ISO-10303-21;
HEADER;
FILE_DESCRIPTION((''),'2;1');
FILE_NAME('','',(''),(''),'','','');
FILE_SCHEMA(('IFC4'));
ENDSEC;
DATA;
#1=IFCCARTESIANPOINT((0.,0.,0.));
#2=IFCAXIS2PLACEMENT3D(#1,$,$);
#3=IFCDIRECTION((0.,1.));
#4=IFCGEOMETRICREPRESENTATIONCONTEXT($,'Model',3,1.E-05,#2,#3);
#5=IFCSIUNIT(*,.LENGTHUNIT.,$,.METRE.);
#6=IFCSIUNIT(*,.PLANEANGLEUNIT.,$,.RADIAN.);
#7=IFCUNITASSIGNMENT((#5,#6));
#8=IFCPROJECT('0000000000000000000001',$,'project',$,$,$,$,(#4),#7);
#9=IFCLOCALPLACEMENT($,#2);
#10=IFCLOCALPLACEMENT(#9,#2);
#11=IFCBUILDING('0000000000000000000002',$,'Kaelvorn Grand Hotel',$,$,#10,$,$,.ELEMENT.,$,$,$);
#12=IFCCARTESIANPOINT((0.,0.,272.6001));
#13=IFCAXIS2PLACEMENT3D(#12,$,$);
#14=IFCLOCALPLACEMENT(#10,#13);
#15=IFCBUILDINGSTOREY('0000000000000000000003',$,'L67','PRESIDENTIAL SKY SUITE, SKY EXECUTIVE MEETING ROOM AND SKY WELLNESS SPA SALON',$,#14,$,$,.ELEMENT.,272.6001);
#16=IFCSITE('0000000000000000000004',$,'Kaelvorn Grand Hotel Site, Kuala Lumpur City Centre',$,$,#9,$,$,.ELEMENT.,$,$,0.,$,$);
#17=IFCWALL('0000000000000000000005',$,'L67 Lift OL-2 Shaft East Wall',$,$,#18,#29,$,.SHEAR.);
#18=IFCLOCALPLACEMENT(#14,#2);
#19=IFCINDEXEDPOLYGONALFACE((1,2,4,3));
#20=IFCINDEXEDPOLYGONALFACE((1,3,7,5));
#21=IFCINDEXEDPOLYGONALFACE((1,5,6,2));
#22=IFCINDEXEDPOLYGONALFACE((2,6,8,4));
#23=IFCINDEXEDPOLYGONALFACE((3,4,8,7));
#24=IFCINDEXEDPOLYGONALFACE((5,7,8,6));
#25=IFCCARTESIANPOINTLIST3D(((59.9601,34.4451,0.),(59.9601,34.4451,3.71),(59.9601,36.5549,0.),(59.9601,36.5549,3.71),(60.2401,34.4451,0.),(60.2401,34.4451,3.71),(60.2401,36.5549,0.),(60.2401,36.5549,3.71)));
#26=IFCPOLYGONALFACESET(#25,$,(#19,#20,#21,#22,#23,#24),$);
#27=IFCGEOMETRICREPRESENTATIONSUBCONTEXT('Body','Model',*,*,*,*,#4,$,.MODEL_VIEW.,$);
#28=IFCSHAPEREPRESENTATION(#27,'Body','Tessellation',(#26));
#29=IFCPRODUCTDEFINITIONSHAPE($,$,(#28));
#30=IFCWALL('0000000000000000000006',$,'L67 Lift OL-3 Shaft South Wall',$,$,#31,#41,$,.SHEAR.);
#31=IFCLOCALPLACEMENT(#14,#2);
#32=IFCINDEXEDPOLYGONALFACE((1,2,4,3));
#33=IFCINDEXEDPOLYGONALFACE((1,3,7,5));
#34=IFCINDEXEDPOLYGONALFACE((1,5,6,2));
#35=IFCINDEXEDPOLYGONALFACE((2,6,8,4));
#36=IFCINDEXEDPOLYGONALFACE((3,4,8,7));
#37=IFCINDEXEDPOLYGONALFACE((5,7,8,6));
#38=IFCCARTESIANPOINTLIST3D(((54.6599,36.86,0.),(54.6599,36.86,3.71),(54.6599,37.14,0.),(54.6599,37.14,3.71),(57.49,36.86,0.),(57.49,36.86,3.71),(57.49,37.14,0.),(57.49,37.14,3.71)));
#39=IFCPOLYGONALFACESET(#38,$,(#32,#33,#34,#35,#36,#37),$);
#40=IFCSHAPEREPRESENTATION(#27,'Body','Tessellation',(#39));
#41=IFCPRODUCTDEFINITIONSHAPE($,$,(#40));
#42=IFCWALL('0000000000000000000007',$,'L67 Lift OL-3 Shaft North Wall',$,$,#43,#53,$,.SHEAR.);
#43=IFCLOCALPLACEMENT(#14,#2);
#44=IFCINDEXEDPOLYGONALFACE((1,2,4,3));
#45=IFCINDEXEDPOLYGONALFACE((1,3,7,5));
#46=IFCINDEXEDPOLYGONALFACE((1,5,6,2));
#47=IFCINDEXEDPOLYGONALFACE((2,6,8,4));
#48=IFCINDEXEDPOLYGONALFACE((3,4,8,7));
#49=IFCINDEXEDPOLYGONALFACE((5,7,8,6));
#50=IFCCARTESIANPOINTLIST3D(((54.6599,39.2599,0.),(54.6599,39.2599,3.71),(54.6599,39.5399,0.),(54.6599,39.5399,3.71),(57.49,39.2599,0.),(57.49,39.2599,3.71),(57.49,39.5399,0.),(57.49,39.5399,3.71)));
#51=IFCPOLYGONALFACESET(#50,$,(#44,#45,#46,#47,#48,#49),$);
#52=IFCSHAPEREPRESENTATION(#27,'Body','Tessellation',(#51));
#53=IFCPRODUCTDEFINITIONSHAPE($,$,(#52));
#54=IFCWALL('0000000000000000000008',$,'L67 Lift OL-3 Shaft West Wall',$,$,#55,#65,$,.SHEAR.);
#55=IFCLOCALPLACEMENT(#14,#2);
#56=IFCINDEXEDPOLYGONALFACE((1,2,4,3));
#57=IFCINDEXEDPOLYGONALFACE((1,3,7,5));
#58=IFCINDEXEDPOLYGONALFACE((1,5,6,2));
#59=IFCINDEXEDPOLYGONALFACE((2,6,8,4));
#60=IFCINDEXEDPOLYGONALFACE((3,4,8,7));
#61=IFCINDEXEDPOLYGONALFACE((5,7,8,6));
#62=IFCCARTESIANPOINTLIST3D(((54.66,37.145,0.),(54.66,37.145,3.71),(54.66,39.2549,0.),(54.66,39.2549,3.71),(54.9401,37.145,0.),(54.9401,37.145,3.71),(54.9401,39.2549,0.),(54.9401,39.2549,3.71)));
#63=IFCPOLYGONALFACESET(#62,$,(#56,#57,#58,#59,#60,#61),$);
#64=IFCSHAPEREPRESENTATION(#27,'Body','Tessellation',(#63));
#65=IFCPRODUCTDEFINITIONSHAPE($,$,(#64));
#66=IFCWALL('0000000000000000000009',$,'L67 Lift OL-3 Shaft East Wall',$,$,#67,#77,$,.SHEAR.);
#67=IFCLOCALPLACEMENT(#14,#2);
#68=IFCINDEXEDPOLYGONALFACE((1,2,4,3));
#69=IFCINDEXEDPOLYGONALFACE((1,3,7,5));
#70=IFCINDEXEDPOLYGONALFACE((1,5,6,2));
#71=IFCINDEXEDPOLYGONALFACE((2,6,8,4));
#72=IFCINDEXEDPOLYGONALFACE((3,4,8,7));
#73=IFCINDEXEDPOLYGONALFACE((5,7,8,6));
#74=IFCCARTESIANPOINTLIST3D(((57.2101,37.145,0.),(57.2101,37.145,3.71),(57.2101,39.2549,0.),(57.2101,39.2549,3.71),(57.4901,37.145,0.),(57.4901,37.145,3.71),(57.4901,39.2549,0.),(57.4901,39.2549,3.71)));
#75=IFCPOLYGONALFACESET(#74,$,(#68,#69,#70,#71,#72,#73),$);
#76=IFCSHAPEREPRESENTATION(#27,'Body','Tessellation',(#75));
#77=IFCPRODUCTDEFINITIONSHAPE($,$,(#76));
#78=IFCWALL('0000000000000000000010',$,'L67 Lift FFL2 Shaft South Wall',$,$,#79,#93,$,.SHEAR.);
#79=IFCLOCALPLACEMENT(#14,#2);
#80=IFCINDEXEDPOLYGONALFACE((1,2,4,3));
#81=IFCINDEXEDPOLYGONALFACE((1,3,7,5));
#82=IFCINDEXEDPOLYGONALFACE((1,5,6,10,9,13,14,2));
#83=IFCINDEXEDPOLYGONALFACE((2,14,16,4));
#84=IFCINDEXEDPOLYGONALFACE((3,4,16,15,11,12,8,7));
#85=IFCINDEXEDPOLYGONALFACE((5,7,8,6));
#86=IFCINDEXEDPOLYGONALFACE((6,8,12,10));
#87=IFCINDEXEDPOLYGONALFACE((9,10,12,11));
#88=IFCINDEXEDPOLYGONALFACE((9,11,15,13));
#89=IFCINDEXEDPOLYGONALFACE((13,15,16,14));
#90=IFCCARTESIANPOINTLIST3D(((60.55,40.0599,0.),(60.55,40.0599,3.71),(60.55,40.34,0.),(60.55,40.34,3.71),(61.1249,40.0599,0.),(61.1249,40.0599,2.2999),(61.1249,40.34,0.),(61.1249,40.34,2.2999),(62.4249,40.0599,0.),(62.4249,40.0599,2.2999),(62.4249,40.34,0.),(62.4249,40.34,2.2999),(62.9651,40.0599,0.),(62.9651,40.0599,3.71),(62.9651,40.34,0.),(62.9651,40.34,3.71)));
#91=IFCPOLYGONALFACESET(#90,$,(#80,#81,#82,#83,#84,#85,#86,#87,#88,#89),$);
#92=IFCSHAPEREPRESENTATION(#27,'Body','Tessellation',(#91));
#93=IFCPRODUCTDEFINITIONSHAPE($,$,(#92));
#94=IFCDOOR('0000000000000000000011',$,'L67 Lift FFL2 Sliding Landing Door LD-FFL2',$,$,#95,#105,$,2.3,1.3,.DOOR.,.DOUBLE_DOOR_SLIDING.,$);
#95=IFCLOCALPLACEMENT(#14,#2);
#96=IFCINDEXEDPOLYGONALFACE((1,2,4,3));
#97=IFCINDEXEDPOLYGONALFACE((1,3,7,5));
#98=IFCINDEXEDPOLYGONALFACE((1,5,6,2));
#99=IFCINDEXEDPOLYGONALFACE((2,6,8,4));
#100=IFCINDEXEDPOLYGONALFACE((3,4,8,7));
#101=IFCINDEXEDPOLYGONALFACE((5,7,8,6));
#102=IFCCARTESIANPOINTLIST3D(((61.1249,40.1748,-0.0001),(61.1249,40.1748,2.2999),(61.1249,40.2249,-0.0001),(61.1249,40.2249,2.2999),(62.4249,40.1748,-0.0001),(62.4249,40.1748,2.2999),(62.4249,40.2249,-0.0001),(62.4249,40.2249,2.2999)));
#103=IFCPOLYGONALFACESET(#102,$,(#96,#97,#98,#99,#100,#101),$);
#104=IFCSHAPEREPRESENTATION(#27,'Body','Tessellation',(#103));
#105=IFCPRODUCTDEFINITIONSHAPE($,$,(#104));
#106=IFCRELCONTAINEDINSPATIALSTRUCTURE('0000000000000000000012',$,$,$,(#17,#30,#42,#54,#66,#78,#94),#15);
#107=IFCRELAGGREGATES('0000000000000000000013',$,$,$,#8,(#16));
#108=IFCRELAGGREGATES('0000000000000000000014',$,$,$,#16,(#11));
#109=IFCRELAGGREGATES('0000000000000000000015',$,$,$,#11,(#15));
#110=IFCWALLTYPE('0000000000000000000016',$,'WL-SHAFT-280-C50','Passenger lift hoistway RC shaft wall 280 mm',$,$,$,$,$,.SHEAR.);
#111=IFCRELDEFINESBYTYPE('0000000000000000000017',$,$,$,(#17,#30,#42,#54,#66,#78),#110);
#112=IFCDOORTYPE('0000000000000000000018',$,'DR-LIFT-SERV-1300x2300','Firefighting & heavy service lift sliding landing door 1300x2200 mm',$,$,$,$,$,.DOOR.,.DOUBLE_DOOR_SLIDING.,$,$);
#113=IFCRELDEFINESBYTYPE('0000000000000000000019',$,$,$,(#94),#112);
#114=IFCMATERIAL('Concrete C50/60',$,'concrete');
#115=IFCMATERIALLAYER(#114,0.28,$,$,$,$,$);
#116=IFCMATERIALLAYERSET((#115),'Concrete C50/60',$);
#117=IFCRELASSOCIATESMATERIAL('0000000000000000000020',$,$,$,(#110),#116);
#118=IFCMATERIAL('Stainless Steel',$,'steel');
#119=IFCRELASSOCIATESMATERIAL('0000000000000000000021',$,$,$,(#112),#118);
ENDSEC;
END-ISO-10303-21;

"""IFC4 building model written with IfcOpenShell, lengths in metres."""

from ifc_helpers import new_model, si_unit, direction, frame, frame_2d, origin, place, context, subcontext, project, spatial, rectangle, extrude, material, layer, layer_set, type_object, element, fill, save


model = new_model("IFC4")

# Units and contexts
model_context = context("Model", 3, precision=1e-05, world=origin(), true_north=direction((0.0, 1.0)))
body_context = subcontext(model_context, "Body", "Model", "MODEL_VIEW")
ifc_project = project(units=[si_unit("LENGTHUNIT", "METRE"), si_unit("PLANEANGLEUNIT", "RADIAN")], contexts=[model_context])

# Site, building, storey
site_placement = place(None, origin())
site = spatial("IfcSite", under=ifc_project, at=site_placement, Name="Kaelvorn Grand Hotel Site, Kuala Lumpur City Centre", CompositionType="ELEMENT", RefElevation=0.0)
building_placement = place(site_placement, origin())
building = spatial("IfcBuilding", under=site, at=building_placement, Name="Kaelvorn Grand Hotel", CompositionType="ELEMENT")
storey_placement = place(building_placement, frame((0.0, 0.0, 272.6001)))
storey = spatial("IfcBuildingStorey", under=building, at=storey_placement, Name="L67", Description="PRESIDENTIAL SKY SUITE, SKY EXECUTIVE MEETING ROOM AND SKY WELLNESS SPA SALON", CompositionType="ELEMENT", Elevation=272.6001)

# Shared definitions
ifc_material_1 = material(Name="Concrete C50/60", Category="concrete")

# Walls
ifc_layer_1 = layer(ifc_material_1, 0.28)
ifc_layer_set_1 = layer_set([ifc_layer_1], Name="Concrete C50/60")
wall_type_1 = type_object("IfcWallType", Name="WL-SHAFT-280-C50", Description="Passenger lift hoistway RC shaft wall 280 mm", PredefinedType="SHEAR", material=ifc_layer_set_1)
wall_1_placement = place(storey_placement, frame((60.1001, 34.4451, 0.0), z_axis=(0.0, 0.0, 1.0), x_axis=(0.0, 1.0, 0.0)))
element("IfcWall", 1, at=wall_1_placement, inside=storey, type_object=wall_type_1, Name="L67 Lift OL-2 Shaft East Wall", PredefinedType="SHEAR", context=body_context, shape_type="SweptSolid", body=[
    extrude(rectangle(XDim=2.1099, YDim=0.28, at=frame_2d((1.0549, 0.0))), origin(), (0.0, 0.0, 1.0), 3.71),
])
for number, where, z_axis, x_axis, name in (
    (2, (54.6599, 37.0, 0.0), (0.0, 0.0, 1.0), (1.0, 0.0, 0.0), "L67 Lift OL-3 Shaft South Wall"),
    (3, (54.6599, 39.3999, 0.0), (0.0, 0.0, 1.0), (1.0, 0.0, 0.0), "L67 Lift OL-3 Shaft North Wall"),
):
    element("IfcWall", number, at=place(storey_placement, frame(where, z_axis=z_axis, x_axis=x_axis)), inside=storey, type_object=wall_type_1, Name=name, PredefinedType="SHEAR", context=body_context, shape_type="SweptSolid", body=[
        extrude(rectangle(XDim=2.8301, YDim=0.28, at=frame_2d((1.415, 0.0))), origin(), (0.0, 0.0, 1.0), 3.71),
    ])
for number, where, z_axis, x_axis, name in (
    (4, (54.8, 37.145, 0.0), (0.0, 0.0, 1.0), (0.0, 1.0, 0.0), "L67 Lift OL-3 Shaft West Wall"),
    (5, (57.3501, 37.145, 0.0), (0.0, 0.0, 1.0), (0.0, 1.0, 0.0), "L67 Lift OL-3 Shaft East Wall"),
):
    element("IfcWall", number, at=place(storey_placement, frame(where, z_axis=z_axis, x_axis=x_axis)), inside=storey, type_object=wall_type_1, Name=name, PredefinedType="SHEAR", context=body_context, shape_type="SweptSolid", body=[
        extrude(rectangle(XDim=2.1099, YDim=0.28, at=frame_2d((1.0549, 0.0))), origin(), (0.0, 0.0, 1.0), 3.71),
    ])

# Wall, opening, door
wall_2_placement = place(storey_placement, frame((60.55, 40.2, 0.0), z_axis=(0.0, 0.0, 1.0), x_axis=(1.0, 0.0, 0.0)))
wall_2 = element("IfcWall", 6, at=wall_2_placement, inside=storey, type_object=wall_type_1, Name="L67 Lift FFL2 Shaft South Wall", PredefinedType="SHEAR", context=body_context, shape_type="SweptSolid", body=[
    extrude(rectangle(XDim=2.415, YDim=0.28, at=frame_2d((1.2075, 0.0))), origin(), (0.0, 0.0, 1.0), 3.71),
])
opening_1_placement = place(wall_2_placement, frame((0.575, 0.0, 0.0)))
opening_1 = element("IfcOpeningElement", 7, at=opening_1_placement, cuts=wall_2, PredefinedType="OPENING", context=body_context, shape_type="SweptSolid", body=[
    extrude(rectangle(XDim=1.3, YDim=2.3, at=frame_2d((0.6499, 1.1499))), frame((0.0, 0.1499, 0.0), z_axis=(0.0, -1.0, 0.0), x_axis=(1.0, 0.0, 0.0)), (0.0, 0.0, 1.0), 0.3),
])
ifc_material_2 = material(Name="Stainless Steel", Category="steel")
door_type_1 = type_object("IfcDoorType", Name="DR-LIFT-SERV-1300x2300", Description="Firefighting & heavy service lift sliding landing door 1300x2200 mm", OperationType="DOUBLE_DOOR_SLIDING", PredefinedType="DOOR", material=ifc_material_2)
door_1_placement = place(opening_1_placement, origin())
door_1 = element("IfcDoor", 8, at=door_1_placement, inside=storey, type_object=door_type_1, Name="L67 Lift FFL2 Sliding Landing Door LD-FFL2", OperationType="DOUBLE_DOOR_SLIDING", OverallHeight=2.3, OverallWidth=1.3, PredefinedType="DOOR", context=body_context, shape_type="SweptSolid", body=[
    extrude(rectangle(XDim=1.3, YDim=2.3, at=frame_2d((0.6499, 1.1499))), frame((0.0, 0.0249, 0.0), z_axis=(0.0, -1.0, 0.0), x_axis=(1.0, 0.0, 0.0)), (0.0, 0.0, 1.0), 0.05),
])
fill(opening_1, door_1)

save(model, "model.ifc")
